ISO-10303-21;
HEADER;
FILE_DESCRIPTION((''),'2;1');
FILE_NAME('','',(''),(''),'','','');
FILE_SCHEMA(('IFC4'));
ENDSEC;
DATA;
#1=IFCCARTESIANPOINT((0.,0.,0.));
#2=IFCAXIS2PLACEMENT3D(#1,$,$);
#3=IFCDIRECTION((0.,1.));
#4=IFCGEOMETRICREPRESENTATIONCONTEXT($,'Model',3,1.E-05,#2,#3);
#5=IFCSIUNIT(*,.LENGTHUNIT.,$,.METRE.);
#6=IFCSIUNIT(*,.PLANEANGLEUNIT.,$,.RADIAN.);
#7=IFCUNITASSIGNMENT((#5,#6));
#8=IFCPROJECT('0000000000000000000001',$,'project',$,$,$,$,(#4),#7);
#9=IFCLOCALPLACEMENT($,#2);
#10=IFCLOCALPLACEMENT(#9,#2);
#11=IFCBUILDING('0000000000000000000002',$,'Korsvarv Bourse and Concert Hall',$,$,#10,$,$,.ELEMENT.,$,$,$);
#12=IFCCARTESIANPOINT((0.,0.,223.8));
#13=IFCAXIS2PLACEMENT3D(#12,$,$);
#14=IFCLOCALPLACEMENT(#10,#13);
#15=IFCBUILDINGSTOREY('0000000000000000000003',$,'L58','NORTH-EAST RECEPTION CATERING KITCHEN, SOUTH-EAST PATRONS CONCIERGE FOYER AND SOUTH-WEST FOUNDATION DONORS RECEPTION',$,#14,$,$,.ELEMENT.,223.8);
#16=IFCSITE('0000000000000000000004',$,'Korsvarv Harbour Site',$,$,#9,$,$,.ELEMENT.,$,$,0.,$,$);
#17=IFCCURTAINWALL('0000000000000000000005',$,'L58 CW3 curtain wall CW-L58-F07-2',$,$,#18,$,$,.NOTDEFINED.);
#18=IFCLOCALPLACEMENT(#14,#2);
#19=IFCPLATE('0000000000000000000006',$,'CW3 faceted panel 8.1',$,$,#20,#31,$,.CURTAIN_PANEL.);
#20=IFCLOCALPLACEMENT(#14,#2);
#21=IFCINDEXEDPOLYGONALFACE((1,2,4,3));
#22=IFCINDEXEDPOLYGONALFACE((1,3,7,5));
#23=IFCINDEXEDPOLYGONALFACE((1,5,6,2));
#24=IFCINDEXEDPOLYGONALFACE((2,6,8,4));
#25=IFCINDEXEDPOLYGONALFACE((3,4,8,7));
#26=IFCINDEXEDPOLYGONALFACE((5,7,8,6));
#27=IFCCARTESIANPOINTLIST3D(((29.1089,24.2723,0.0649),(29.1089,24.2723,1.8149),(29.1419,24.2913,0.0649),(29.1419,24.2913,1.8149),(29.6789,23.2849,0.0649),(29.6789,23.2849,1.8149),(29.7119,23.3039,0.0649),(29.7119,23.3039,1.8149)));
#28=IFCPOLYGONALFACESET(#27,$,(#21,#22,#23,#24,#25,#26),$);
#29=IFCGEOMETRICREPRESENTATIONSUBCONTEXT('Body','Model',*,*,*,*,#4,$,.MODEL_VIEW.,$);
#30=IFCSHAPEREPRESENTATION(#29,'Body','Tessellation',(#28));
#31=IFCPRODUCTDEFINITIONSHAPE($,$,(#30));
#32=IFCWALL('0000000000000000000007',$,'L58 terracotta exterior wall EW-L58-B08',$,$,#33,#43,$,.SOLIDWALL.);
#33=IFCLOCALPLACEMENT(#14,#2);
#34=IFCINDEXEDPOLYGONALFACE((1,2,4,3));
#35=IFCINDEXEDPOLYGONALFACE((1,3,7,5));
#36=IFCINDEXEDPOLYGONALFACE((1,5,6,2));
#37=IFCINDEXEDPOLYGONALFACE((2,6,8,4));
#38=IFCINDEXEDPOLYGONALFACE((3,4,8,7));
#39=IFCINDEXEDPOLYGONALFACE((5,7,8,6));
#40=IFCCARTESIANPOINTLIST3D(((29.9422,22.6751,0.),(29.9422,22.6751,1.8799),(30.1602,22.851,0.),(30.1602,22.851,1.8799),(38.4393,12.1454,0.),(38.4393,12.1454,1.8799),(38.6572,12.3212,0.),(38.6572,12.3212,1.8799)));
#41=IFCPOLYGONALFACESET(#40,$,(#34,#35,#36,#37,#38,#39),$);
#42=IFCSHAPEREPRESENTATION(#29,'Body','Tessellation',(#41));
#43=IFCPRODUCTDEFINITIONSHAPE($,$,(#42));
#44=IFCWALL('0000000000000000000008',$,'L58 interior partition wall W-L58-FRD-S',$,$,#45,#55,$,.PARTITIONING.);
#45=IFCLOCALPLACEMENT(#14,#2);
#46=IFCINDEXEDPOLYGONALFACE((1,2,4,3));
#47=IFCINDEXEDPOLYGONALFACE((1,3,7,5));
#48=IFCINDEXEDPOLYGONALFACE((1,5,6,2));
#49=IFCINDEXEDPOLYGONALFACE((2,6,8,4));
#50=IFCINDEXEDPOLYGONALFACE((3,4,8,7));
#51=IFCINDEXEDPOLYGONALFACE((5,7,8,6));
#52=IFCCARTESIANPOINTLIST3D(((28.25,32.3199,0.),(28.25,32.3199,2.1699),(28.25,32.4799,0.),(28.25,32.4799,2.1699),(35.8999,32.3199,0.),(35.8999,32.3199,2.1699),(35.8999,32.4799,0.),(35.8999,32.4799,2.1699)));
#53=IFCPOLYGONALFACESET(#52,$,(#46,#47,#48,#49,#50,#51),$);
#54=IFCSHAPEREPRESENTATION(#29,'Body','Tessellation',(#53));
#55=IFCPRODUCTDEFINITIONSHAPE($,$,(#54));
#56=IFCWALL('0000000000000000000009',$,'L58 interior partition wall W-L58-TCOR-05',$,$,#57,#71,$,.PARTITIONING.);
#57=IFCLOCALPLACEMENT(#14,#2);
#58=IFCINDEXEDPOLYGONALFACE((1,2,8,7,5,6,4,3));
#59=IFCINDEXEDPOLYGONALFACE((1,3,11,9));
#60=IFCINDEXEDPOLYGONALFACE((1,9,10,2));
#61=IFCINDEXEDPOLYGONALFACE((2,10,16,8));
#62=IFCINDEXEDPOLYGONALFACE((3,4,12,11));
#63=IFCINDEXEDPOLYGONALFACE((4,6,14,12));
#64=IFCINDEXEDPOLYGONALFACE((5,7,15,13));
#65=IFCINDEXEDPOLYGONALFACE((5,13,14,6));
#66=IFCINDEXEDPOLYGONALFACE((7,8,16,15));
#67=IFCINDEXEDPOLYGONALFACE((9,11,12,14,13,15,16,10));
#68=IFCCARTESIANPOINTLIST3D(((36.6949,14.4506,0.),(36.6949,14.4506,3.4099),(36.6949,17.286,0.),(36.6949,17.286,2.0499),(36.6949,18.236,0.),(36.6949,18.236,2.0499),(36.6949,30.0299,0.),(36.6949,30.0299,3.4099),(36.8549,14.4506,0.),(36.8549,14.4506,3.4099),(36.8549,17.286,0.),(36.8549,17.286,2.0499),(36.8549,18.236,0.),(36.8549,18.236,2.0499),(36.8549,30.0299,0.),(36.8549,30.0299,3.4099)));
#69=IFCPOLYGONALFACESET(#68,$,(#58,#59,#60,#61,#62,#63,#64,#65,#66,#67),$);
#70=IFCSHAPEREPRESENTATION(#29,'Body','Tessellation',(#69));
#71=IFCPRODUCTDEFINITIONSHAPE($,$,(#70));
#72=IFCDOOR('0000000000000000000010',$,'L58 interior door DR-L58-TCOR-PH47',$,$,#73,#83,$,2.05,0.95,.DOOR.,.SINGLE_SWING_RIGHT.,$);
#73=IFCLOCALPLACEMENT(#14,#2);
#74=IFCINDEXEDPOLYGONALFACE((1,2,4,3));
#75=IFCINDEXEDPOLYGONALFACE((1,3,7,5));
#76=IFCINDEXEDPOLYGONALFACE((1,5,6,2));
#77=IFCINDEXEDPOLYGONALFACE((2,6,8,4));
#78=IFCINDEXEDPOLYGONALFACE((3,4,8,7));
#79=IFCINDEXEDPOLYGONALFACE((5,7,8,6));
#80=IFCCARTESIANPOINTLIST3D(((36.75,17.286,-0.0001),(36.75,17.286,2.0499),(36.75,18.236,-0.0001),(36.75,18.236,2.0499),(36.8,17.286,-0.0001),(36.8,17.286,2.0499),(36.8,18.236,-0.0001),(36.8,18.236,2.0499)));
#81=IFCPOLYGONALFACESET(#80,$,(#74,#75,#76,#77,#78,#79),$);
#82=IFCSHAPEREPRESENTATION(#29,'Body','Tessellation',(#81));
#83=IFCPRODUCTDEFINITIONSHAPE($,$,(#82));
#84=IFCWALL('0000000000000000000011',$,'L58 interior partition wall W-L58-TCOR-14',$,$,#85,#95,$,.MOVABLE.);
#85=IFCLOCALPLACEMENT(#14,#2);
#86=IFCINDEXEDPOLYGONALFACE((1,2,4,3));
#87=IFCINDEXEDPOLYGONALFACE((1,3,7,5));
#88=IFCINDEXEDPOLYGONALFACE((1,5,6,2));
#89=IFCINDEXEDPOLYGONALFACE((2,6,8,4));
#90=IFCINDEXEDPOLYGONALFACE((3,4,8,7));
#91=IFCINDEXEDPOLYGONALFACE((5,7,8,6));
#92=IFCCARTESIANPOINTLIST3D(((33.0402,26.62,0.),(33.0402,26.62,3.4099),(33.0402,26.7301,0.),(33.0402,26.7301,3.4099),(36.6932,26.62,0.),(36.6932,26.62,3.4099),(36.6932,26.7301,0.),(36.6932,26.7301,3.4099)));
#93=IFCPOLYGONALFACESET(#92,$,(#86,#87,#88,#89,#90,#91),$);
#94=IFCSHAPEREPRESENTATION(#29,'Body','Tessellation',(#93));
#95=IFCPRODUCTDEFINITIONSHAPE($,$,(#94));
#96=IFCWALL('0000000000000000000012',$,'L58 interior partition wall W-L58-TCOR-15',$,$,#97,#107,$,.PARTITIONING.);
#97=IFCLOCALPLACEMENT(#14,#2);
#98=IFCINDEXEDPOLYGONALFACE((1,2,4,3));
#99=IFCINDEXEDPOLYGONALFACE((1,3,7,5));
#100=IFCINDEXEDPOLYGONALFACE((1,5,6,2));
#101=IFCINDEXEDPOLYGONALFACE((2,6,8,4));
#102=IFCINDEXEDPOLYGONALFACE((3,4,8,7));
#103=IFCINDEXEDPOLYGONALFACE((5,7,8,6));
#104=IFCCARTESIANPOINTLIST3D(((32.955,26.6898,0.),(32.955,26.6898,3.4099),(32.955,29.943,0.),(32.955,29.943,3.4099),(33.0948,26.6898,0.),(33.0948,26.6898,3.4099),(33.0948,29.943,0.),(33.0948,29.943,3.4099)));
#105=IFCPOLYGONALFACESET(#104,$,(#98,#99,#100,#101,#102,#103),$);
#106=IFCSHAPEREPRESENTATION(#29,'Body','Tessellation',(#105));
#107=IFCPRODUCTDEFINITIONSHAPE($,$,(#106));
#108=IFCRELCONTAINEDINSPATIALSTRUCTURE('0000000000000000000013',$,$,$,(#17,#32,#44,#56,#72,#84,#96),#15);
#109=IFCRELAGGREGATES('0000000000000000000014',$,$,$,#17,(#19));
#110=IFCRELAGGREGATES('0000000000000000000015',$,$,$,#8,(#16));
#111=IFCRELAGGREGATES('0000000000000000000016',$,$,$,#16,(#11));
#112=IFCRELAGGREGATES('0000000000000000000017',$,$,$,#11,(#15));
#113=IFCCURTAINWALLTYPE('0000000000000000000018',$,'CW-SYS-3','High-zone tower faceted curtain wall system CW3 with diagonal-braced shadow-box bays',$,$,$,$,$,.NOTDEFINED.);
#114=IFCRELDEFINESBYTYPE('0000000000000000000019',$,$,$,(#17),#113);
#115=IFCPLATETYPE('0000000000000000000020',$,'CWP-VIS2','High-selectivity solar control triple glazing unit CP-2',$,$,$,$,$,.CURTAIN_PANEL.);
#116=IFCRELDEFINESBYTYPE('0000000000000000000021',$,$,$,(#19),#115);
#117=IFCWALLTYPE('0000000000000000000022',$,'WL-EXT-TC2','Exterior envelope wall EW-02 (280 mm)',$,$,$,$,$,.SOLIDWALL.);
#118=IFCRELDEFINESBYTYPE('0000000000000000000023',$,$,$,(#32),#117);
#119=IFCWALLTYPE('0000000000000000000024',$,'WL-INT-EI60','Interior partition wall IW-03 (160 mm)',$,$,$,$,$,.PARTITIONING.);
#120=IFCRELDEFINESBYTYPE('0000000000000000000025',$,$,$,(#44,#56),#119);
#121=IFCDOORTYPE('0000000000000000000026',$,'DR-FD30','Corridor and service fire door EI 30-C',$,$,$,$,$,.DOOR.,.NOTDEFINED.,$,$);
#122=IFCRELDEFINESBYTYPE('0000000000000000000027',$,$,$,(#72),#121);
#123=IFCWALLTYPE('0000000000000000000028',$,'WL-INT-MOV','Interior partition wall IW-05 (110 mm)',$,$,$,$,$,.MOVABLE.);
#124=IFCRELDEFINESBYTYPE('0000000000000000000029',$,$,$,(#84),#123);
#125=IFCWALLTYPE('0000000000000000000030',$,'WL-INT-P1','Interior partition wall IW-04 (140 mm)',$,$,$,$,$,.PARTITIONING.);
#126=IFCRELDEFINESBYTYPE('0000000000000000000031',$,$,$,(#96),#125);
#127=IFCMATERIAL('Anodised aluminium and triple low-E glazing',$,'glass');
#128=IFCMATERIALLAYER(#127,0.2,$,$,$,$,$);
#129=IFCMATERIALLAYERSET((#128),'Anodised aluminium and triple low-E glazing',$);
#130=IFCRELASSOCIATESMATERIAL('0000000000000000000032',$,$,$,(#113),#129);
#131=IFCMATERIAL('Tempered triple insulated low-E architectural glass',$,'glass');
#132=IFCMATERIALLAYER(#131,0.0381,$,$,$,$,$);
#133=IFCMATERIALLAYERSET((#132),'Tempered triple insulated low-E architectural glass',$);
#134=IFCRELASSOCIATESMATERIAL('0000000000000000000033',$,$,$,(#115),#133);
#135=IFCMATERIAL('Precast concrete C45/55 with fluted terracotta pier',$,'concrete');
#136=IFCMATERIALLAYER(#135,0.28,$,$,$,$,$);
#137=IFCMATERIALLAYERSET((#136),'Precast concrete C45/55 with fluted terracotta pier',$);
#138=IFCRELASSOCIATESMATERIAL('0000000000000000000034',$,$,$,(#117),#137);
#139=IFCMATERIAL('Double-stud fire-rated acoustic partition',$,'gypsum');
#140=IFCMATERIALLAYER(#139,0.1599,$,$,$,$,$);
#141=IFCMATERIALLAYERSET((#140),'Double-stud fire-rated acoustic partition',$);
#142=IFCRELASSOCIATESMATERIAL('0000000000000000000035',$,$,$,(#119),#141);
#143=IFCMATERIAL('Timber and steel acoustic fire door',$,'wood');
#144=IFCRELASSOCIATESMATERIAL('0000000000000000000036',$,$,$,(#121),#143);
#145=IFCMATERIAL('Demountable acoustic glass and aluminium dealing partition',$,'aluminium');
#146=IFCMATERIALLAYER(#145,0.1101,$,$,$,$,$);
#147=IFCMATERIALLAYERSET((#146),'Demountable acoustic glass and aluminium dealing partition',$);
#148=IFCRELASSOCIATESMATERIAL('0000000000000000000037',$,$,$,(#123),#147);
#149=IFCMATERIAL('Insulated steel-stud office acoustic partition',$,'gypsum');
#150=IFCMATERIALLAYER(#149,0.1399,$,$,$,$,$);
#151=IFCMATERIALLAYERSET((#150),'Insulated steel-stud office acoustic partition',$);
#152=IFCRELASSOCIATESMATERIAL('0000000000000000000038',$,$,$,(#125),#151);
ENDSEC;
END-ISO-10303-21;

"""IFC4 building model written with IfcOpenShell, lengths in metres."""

from ifc_helpers import new_model, si_unit, direction, frame, frame_2d, origin, origin_2d, place, context, subcontext, project, spatial, rectangle, extrude, source, transform, mapped, material, layer, layer_set, type_object, element, fill, aggregate, save


model = new_model("IFC4")

# Units and contexts
model_context = context("Model", 3, precision=1e-05, world=origin(), true_north=direction((0.0, 1.0)))
body_context = subcontext(model_context, "Body", "Model", "MODEL_VIEW")
ifc_project = project(units=[si_unit("LENGTHUNIT", "METRE"), si_unit("PLANEANGLEUNIT", "RADIAN")], contexts=[model_context])

# Site, building, storey
site_placement = place(None, origin())
site = spatial("IfcSite", under=ifc_project, at=site_placement, Name="Korsvarv Harbour Site", CompositionType="ELEMENT", RefElevation=0.0)
building_placement = place(site_placement, origin())
building = spatial("IfcBuilding", under=site, at=building_placement, Name="Korsvarv Bourse and Concert Hall", CompositionType="ELEMENT")
storey_placement = place(building_placement, frame((0.0, 0.0, 223.8)))
storey = spatial("IfcBuildingStorey", under=building, at=storey_placement, Name="L58", Description="NORTH-EAST RECEPTION CATERING KITCHEN, SOUTH-EAST PATRONS CONCIERGE FOYER AND SOUTH-WEST FOUNDATION DONORS RECEPTION", CompositionType="ELEMENT", Elevation=223.8)

# Curtain wall, plate
ifc_material_1 = material(Name="Anodised aluminium and triple low-E glazing", Category="glass")
ifc_layer_1 = layer(ifc_material_1, 0.2)
ifc_layer_set_1 = layer_set([ifc_layer_1], Name="Anodised aluminium and triple low-E glazing")
curtain_wall_type = type_object("IfcCurtainWallType", Name="CW-SYS-3", Description="High-zone tower faceted curtain wall system CW3 with diagonal-braced shadow-box bays", PredefinedType="NOTDEFINED", material=ifc_layer_set_1)
curtain_wall_placement = place(storey_placement, origin())
curtain_wall = element("IfcCurtainWall", 1, at=curtain_wall_placement, inside=storey, type_object=curtain_wall_type, Name="L58 CW3 curtain wall CW-L58-F07-2", PredefinedType="NOTDEFINED")
ifc_material_2 = material(Name="Tempered triple insulated low-E architectural glass", Category="glass")
ifc_layer_2 = layer(ifc_material_2, 0.0381)
ifc_layer_set_2 = layer_set([ifc_layer_2], Name="Tempered triple insulated low-E architectural glass")
plate_type_1 = type_object("IfcPlateType", Name="CWP-VIS2", Description="High-selectivity solar control triple glazing unit CP-2", PredefinedType="CURTAIN_PANEL", material=ifc_layer_set_2)
shared_shape_1 = source(origin(), body_context, "Body", "SweptSolid", [
    extrude(rectangle(XDim=1.1401, YDim=0.0381, at=origin_2d()), origin(), (0.0, 0.0, 1.0), 1.75),
])
plate_1_placement = place(storey_placement, frame((29.4104, 23.7881, 0.0649), z_axis=(0.0, 0.0, 1.0), x_axis=(0.499996, -0.866028, 0.0)))
plate_1 = element("IfcPlate", 2, at=plate_1_placement, type_object=plate_type_1, Name="CW3 faceted panel 8.1", PredefinedType="CURTAIN_PANEL", context=body_context, shape_type="MappedRepresentation", body=[
    mapped(shared_shape_1, transform((0.0, 0.0, 0.0), scale=1.0)),
])
aggregate(curtain_wall, [plate_1])

# Walls
ifc_material_3 = material(Name="Precast concrete C45/55 with fluted terracotta pier", Category="concrete")
ifc_layer_3 = layer(ifc_material_3, 0.28)
ifc_layer_set_3 = layer_set([ifc_layer_3], Name="Precast concrete C45/55 with fluted terracotta pier")
wall_type_1 = type_object("IfcWallType", Name="WL-EXT-TC2", Description="Exterior envelope wall EW-02 (280 mm)", PredefinedType="SOLIDWALL", material=ifc_layer_set_3)
wall_1_placement = place(storey_placement, frame((30.0513, 22.7629, 0.0), z_axis=(0.0, 0.0, 1.0), x_axis=(0.62799, -0.778221, 0.0)))
element("IfcWall", 3, at=wall_1_placement, inside=storey, type_object=wall_type_1, Name="L58 terracotta exterior wall EW-L58-B08", PredefinedType="SOLIDWALL", context=body_context, shape_type="SweptSolid", body=[
    extrude(rectangle(XDim=13.5305, YDim=0.28, at=frame_2d((6.7651, 0.0))), origin(), (0.0, 0.0, 1.0), 1.8799),
])
ifc_material_4 = material(Name="Double-stud fire-rated acoustic partition", Category="gypsum")
ifc_layer_4 = layer(ifc_material_4, 0.1599)
ifc_layer_set_4 = layer_set([ifc_layer_4], Name="Double-stud fire-rated acoustic partition")
wall_type_2 = type_object("IfcWallType", Name="WL-INT-EI60", Description="Interior partition wall IW-03 (160 mm)", PredefinedType="PARTITIONING", material=ifc_layer_set_4)
wall_2_placement = place(storey_placement, frame((28.25, 32.3999, 0.0), z_axis=(0.0, 0.0, 1.0), x_axis=(1.0, 0.0, 0.0)))
element("IfcWall", 4, at=wall_2_placement, inside=storey, type_object=wall_type_2, Name="L58 interior partition wall W-L58-FRD-S", PredefinedType="PARTITIONING", context=body_context, shape_type="SweptSolid", body=[
    extrude(rectangle(XDim=7.6499, YDim=0.1599, at=frame_2d((3.825, 0.0))), origin(), (0.0, 0.0, 1.0), 2.1699),
])

# Wall, opening, door
wall_3_placement = place(storey_placement, frame((36.7749, 14.4507, 0.0), z_axis=(0.0, 0.0, 1.0), x_axis=(0.0, 1.0, 0.0)))
wall_3 = element("IfcWall", 5, at=wall_3_placement, inside=storey, type_object=wall_type_2, Name="L58 interior partition wall W-L58-TCOR-05", PredefinedType="PARTITIONING", context=body_context, shape_type="SweptSolid", body=[
    extrude(rectangle(XDim=15.5793, YDim=0.1599, at=frame_2d((7.7896, 0.0))), origin(), (0.0, 0.0, 1.0), 3.4099),
])
opening_placement = place(wall_3_placement, frame((2.8352, 0.0, 0.0)))
opening = element("IfcOpeningElement", 6, at=opening_placement, cuts=wall_3, PredefinedType="OPENING", context=body_context, shape_type="SweptSolid", body=[
    extrude(rectangle(XDim=0.95, YDim=2.05, at=frame_2d((0.4751, 1.0249))), frame((0.0, 0.0898, 0.0), z_axis=(0.0, -1.0, 0.0), x_axis=(1.0, 0.0, 0.0)), (0.0, 0.0, 1.0), 0.1799),
])
ifc_material_5 = material(Name="Timber and steel acoustic fire door", Category="wood")
door_type = type_object("IfcDoorType", Name="DR-FD30", Description="Corridor and service fire door EI 30-C", OperationType="NOTDEFINED", PredefinedType="DOOR", material=ifc_material_5)
door_placement = place(opening_placement, origin())
door = element("IfcDoor", 7, at=door_placement, inside=storey, type_object=door_type, Name="L58 interior door DR-L58-TCOR-PH47", OperationType="SINGLE_SWING_RIGHT", OverallHeight=2.05, OverallWidth=0.95, PredefinedType="DOOR", context=body_context, shape_type="SweptSolid", body=[
    extrude(rectangle(XDim=0.95, YDim=2.05, at=frame_2d((0.4751, 1.0249))), frame((0.0, 0.0249, 0.0), z_axis=(0.0, -1.0, 0.0), x_axis=(1.0, 0.0, 0.0)), (0.0, 0.0, 1.0), 0.05),
])
fill(opening, door)

# Walls
ifc_material_6 = material(Name="Demountable acoustic glass and aluminium dealing partition", Category="aluminium")
ifc_layer_5 = layer(ifc_material_6, 0.1101)
ifc_layer_set_5 = layer_set([ifc_layer_5], Name="Demountable acoustic glass and aluminium dealing partition")
wall_type_3 = type_object("IfcWallType", Name="WL-INT-MOV", Description="Interior partition wall IW-05 (110 mm)", PredefinedType="MOVABLE", material=ifc_layer_set_5)
wall_4_placement = place(storey_placement, frame((33.04, 26.675, 0.0), z_axis=(0.0, 0.0, 1.0), x_axis=(1.0, 0.0, 0.0)))
element("IfcWall", 8, at=wall_4_placement, inside=storey, type_object=wall_type_3, Name="L58 interior partition wall W-L58-TCOR-14", PredefinedType="MOVABLE", context=body_context, shape_type="SweptSolid", body=[
    extrude(rectangle(XDim=3.6531, YDim=0.1101, at=frame_2d((1.8267, 0.0))), origin(), (0.0, 0.0, 1.0), 3.4099),
])
ifc_material_7 = material(Name="Insulated steel-stud office acoustic partition", Category="gypsum")
ifc_layer_6 = layer(ifc_material_7, 0.1399)
ifc_layer_set_6 = layer_set([ifc_layer_6], Name="Insulated steel-stud office acoustic partition")
wall_type_4 = type_object("IfcWallType", Name="WL-INT-P1", Description="Interior partition wall IW-04 (140 mm)", PredefinedType="PARTITIONING", material=ifc_layer_set_6)
wall_5_placement = place(storey_placement, frame((33.0249, 26.6899, 0.0), z_axis=(0.0, 0.0, 1.0), x_axis=(0.0, 1.0, 0.0)))
element("IfcWall", 9, at=wall_5_placement, inside=storey, type_object=wall_type_4, Name="L58 interior partition wall W-L58-TCOR-15", PredefinedType="PARTITIONING", context=body_context, shape_type="SweptSolid", body=[
    extrude(rectangle(XDim=3.2532, YDim=0.1399, at=frame_2d((1.6265, 0.0))), origin(), (0.0, 0.0, 1.0), 3.4099),
])

save(model, "model.ifc")
